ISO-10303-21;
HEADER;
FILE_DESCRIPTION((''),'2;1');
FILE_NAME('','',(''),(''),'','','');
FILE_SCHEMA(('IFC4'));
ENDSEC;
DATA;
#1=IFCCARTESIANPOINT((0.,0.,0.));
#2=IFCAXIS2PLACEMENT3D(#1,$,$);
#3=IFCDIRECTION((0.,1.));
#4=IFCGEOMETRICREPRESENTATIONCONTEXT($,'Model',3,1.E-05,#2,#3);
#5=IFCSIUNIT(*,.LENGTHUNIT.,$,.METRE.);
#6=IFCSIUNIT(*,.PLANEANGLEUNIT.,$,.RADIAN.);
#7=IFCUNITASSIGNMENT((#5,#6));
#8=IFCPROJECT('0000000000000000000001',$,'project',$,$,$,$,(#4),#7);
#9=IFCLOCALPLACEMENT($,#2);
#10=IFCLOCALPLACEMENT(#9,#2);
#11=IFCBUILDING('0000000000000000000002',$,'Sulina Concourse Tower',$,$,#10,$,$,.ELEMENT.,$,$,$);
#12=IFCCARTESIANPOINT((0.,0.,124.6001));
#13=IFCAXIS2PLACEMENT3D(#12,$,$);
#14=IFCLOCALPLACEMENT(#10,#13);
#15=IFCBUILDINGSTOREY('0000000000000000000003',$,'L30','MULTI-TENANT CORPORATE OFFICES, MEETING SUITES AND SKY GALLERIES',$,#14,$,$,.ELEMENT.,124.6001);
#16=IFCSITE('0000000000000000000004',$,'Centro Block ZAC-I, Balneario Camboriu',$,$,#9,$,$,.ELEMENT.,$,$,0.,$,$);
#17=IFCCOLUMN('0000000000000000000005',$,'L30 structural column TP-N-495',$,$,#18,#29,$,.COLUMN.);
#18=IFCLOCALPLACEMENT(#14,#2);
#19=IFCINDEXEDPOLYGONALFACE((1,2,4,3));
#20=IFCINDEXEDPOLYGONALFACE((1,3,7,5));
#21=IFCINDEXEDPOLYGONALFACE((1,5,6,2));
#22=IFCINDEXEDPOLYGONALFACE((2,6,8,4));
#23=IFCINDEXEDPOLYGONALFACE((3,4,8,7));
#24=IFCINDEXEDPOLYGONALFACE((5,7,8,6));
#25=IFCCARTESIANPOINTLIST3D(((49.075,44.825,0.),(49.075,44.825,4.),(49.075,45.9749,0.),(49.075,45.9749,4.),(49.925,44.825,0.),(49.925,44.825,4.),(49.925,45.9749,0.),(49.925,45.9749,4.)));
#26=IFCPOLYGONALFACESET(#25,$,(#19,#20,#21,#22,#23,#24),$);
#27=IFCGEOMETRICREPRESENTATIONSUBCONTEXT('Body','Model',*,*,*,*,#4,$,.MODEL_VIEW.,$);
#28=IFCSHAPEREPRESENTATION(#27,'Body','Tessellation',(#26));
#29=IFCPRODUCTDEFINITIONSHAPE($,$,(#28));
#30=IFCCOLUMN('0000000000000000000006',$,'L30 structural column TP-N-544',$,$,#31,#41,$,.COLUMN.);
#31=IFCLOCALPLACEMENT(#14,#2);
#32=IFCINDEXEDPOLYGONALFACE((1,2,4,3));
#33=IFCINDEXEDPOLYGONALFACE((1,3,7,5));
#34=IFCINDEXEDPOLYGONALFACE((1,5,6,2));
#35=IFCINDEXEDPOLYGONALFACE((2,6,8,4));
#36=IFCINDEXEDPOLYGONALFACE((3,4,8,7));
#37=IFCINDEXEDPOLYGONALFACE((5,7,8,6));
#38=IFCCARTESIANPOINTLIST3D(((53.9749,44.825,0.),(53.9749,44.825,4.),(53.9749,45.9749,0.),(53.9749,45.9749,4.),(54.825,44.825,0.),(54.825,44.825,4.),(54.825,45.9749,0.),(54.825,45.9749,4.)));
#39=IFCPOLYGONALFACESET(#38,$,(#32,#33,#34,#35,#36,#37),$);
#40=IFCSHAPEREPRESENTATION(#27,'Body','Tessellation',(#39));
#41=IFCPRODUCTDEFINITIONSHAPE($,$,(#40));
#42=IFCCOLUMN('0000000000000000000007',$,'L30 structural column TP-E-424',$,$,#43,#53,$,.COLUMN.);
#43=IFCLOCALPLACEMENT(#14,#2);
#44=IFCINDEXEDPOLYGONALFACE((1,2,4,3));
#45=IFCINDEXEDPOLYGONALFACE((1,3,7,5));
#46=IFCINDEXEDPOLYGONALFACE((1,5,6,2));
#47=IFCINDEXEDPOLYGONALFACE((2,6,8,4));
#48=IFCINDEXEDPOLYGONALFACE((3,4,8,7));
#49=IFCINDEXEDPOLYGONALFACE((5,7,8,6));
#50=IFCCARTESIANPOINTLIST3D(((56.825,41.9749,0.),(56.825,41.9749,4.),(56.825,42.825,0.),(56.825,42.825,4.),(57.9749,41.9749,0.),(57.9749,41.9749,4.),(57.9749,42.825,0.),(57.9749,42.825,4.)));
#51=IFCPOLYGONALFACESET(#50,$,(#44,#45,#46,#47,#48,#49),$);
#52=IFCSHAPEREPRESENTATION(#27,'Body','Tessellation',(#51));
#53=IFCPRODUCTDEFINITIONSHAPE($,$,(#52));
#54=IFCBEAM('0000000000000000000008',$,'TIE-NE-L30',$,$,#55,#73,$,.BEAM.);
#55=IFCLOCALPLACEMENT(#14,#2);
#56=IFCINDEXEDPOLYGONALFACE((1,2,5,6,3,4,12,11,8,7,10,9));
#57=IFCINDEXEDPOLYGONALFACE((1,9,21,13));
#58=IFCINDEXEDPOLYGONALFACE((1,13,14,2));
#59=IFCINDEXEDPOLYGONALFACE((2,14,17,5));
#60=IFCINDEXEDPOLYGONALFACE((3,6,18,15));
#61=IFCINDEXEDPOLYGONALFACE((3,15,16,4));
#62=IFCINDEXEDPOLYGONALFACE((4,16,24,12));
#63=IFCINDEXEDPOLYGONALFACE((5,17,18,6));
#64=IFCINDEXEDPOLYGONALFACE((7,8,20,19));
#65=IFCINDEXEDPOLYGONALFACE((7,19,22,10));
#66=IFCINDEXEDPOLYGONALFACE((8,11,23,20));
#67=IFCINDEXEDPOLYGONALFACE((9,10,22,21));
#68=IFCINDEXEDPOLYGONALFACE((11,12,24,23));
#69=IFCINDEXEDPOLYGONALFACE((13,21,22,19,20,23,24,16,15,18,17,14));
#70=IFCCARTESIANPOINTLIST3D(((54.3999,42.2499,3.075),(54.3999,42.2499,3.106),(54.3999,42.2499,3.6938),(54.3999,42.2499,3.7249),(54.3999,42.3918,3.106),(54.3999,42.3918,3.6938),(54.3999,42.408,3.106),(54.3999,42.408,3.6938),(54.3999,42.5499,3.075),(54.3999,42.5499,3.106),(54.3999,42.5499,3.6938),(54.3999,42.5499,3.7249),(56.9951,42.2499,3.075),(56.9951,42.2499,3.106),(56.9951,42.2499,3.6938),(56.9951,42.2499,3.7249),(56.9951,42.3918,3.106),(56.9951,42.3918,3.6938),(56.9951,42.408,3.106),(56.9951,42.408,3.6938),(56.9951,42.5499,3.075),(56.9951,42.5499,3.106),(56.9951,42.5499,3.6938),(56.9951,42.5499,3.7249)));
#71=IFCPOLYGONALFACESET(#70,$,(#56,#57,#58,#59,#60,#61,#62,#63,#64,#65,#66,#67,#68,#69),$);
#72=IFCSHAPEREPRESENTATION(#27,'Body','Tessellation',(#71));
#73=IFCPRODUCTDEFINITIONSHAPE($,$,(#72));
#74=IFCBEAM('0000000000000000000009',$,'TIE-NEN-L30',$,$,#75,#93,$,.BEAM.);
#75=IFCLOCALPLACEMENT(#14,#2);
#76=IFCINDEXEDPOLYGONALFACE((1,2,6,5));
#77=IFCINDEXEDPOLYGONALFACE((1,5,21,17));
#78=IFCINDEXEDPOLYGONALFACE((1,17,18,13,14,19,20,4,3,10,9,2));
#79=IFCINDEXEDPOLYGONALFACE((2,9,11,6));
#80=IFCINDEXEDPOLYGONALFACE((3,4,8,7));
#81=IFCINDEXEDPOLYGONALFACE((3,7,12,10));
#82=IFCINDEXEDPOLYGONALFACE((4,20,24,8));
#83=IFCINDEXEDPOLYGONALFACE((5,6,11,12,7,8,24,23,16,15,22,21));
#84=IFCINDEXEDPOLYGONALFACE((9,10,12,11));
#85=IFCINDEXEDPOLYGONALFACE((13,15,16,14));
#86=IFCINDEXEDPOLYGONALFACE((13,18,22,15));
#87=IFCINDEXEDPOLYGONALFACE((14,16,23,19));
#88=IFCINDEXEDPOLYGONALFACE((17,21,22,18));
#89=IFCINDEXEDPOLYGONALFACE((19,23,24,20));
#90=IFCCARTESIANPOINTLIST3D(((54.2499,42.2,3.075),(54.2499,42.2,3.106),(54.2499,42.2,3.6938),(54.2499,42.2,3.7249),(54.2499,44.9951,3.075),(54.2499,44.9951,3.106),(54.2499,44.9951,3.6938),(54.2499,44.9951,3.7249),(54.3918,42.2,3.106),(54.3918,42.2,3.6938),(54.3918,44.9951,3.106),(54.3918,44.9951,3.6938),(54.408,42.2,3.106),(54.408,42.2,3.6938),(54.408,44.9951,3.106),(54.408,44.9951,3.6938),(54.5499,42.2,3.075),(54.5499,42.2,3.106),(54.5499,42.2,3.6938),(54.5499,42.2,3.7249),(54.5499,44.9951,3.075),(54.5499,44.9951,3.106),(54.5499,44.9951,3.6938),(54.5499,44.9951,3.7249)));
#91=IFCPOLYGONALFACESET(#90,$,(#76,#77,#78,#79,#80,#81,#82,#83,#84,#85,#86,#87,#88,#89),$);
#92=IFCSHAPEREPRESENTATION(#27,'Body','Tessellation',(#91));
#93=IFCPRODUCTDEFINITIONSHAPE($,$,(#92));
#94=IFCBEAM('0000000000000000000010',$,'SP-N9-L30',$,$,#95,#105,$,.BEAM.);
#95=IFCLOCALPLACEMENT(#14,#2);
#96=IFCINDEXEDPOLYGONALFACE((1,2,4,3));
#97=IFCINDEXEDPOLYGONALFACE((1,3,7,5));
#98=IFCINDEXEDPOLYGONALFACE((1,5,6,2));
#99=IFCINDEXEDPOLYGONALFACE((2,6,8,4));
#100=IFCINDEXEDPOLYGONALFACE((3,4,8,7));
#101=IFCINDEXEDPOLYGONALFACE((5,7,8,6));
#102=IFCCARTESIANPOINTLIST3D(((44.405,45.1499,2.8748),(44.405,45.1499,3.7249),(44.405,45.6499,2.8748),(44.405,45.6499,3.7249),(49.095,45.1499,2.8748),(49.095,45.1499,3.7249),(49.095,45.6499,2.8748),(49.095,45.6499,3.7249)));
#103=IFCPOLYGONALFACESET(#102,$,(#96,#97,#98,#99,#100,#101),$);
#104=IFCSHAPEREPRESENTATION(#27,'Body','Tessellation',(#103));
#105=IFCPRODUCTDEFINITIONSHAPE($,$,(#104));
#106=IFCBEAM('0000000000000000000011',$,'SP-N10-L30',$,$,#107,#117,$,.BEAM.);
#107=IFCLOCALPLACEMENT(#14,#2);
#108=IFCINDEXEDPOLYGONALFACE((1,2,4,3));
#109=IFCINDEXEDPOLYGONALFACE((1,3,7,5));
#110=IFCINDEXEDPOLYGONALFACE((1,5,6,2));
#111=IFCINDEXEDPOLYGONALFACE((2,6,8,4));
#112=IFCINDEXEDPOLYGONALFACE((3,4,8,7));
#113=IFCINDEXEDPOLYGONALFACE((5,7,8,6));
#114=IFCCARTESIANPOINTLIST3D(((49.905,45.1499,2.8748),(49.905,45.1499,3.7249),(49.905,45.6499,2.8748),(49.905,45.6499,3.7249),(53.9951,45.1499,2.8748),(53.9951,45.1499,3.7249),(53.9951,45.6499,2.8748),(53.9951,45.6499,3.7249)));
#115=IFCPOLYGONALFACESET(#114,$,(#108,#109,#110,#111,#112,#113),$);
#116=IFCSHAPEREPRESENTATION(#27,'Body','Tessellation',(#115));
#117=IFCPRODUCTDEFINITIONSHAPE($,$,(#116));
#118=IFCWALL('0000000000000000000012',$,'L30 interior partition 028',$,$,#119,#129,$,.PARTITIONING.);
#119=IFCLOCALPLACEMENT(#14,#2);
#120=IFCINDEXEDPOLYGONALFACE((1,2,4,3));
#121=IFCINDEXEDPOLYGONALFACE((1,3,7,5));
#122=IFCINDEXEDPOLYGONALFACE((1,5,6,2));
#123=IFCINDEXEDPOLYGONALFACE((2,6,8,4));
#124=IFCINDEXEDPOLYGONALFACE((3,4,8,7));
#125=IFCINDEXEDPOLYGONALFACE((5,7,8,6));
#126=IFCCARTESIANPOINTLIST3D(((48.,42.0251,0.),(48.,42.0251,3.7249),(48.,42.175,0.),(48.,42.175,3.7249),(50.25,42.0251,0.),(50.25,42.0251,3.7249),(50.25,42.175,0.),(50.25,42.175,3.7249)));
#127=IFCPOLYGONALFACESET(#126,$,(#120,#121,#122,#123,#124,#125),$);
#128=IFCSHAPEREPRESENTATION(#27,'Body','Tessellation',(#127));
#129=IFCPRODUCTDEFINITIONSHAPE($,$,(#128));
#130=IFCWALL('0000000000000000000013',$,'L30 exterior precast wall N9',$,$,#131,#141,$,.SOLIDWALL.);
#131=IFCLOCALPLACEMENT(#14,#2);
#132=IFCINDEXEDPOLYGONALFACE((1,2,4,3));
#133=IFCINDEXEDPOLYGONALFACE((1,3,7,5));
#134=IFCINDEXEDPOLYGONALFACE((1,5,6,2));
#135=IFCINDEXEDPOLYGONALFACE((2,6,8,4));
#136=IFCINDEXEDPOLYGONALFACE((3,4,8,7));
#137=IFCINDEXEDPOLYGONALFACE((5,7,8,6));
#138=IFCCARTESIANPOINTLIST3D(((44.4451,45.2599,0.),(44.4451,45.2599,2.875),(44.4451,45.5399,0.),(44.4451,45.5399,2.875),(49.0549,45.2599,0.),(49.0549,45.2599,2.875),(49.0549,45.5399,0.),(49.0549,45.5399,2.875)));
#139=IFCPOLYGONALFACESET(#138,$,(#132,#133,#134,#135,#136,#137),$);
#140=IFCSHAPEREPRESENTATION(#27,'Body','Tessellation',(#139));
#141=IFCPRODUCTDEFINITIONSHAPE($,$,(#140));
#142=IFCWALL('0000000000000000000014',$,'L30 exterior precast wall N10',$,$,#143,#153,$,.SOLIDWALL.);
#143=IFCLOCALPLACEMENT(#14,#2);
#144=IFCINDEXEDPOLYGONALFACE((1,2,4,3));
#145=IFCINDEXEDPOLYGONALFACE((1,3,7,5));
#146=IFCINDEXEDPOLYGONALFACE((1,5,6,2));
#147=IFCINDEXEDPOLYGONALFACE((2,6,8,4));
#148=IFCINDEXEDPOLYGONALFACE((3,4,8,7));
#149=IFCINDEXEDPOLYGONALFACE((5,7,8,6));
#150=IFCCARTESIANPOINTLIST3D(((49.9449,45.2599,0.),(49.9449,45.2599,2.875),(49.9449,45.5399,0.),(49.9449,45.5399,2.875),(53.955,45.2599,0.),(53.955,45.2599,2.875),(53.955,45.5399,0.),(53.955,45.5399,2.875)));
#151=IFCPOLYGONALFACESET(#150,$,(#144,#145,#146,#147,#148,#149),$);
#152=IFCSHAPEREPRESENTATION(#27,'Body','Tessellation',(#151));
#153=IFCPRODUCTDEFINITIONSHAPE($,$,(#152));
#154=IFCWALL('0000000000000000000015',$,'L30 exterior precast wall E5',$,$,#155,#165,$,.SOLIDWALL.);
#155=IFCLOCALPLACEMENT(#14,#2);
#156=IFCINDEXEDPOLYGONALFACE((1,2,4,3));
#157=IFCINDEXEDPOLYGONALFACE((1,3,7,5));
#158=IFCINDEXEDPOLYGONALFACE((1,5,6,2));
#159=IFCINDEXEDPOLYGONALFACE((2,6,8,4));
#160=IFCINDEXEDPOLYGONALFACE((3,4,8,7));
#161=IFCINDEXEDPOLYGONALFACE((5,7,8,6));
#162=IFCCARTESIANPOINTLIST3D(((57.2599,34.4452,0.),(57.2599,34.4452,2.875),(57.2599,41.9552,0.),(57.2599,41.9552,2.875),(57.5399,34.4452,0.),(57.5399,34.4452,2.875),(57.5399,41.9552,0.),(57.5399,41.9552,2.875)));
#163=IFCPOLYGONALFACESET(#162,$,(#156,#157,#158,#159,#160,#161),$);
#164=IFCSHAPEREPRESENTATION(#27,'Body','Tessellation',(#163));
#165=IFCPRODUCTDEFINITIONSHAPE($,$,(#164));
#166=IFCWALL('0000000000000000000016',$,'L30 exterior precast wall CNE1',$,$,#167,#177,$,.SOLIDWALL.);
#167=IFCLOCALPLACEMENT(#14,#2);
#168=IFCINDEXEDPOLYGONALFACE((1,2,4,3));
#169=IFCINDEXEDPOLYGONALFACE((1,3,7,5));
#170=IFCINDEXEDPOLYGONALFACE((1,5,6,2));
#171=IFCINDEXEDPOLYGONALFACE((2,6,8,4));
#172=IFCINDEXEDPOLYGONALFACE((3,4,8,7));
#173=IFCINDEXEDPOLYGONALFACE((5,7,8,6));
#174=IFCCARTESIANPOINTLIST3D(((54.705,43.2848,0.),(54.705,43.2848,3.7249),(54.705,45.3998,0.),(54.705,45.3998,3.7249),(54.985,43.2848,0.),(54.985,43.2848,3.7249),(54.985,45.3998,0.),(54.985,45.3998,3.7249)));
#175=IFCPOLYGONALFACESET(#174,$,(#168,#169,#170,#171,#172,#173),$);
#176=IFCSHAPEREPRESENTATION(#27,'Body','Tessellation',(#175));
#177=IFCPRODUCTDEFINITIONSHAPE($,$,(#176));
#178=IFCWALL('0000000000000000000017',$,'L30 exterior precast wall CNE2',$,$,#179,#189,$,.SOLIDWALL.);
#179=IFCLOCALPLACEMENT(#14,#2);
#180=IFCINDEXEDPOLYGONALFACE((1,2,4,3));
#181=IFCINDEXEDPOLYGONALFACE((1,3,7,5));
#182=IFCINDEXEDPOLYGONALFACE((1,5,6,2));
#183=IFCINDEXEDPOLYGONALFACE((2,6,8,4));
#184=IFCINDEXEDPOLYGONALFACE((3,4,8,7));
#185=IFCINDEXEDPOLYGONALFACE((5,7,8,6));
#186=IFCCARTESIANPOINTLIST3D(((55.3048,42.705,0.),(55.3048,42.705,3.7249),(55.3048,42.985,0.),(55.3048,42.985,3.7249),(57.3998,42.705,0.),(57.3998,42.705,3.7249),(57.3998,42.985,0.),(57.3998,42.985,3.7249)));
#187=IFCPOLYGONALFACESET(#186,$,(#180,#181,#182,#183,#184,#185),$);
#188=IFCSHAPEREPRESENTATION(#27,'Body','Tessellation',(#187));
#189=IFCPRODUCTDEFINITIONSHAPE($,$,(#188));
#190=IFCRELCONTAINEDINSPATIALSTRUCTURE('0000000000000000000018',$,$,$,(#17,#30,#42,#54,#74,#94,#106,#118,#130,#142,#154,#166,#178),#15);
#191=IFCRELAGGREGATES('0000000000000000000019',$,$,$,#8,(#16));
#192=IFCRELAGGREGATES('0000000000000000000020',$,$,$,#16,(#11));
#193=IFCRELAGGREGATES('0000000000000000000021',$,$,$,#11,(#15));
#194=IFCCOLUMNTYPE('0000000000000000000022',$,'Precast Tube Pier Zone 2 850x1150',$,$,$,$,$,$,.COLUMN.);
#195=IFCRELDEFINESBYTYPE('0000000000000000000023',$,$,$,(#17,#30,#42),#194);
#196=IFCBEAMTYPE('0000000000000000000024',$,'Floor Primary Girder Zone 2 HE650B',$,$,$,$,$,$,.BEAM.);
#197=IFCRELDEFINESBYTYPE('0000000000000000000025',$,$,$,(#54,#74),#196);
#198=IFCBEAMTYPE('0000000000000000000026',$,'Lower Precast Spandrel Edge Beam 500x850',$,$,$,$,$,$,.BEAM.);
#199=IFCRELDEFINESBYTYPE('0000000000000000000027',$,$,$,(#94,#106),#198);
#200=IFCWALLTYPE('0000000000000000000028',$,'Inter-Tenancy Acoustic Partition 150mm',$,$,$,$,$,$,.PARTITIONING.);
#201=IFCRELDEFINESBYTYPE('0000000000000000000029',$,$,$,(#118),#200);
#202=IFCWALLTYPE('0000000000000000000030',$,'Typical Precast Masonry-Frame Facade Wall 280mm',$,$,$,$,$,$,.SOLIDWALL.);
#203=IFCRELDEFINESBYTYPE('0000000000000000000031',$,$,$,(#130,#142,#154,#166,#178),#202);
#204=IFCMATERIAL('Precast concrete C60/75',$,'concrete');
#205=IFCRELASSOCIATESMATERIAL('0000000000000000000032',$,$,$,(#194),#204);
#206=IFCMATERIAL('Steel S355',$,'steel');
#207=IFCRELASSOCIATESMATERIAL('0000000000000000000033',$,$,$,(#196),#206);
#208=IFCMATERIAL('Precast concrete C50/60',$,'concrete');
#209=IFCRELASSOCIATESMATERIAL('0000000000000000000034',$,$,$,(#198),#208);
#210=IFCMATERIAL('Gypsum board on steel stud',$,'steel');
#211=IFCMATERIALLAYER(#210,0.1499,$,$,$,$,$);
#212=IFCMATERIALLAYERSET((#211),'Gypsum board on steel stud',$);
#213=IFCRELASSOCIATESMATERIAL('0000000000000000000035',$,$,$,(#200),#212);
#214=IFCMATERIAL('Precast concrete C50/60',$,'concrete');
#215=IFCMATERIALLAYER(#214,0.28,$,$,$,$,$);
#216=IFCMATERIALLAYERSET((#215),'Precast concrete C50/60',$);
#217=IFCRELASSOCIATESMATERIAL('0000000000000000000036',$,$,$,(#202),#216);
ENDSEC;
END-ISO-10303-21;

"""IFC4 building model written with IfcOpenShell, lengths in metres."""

from ifc_helpers import new_model, si_unit, direction, frame, frame_2d, origin, origin_2d, place, context, subcontext, project, spatial, rectangle, i_section, extrude, material, layer, layer_set, material_profile, profile_set, type_object, element, save


model = new_model("IFC4")

# Units and contexts
model_context = context("Model", 3, precision=1e-05, world=origin(), true_north=direction((0.0, 1.0)))
body_context = subcontext(model_context, "Body", "Model", "MODEL_VIEW")
ifc_project = project(units=[si_unit("LENGTHUNIT", "METRE"), si_unit("PLANEANGLEUNIT", "RADIAN")], contexts=[model_context])

# Site, building, storey
site_placement = place(None, origin())
site = spatial("IfcSite", under=ifc_project, at=site_placement, Name="Centro Block ZAC-I, Balneario Camboriu", CompositionType="ELEMENT", RefElevation=0.0)
building_placement = place(site_placement, origin())
building = spatial("IfcBuilding", under=site, at=building_placement, Name="Sulina Concourse Tower", CompositionType="ELEMENT")
storey_placement = place(building_placement, frame((0.0, 0.0, 124.6001)))
storey = spatial("IfcBuildingStorey", under=building, at=storey_placement, Name="L30", Description="MULTI-TENANT CORPORATE OFFICES, MEETING SUITES AND SKY GALLERIES", CompositionType="ELEMENT", Elevation=124.6001)

# Columns
ifc_material_1 = material(Name="Precast concrete C60/75", Category="concrete")
ifc_material_profile_1 = material_profile(ifc_material_1, rectangle(XDim=0.8501, YDim=1.1499, at=origin_2d()), Name="PC 850x1150")
ifc_profile_set_1 = profile_set([ifc_material_profile_1], Name="Precast concrete C60/75")
column_type = type_object("IfcColumnType", Name="Precast Tube Pier Zone 2 850x1150", PredefinedType="COLUMN", material=ifc_profile_set_1)
for number, where, z_axis, x_axis, name in (
    (1, (49.5, 45.3999, 0.0), (0.0, 0.0, 1.0), (1.0, 0.0, 0.0), "L30 structural column TP-N-495"),
    (2, (54.3999, 45.3999, 0.0), (0.0, 0.0, 1.0), (1.0, 0.0, 0.0), "L30 structural column TP-N-544"),
    (3, (57.3999, 42.3999, 0.0), (0.0, 0.0, 1.0), (0.0, 1.0, 0.0), "L30 structural column TP-E-424"),
):
    element("IfcColumn", number, at=place(storey_placement, frame(where, z_axis=z_axis, x_axis=x_axis)), inside=storey, type_object=column_type, Name=name, PredefinedType="COLUMN", context=body_context, shape_type="SweptSolid", body=[
        extrude(rectangle(XDim=0.8501, YDim=1.1499, at=origin_2d()), origin(), (0.0, 0.0, 1.0), 4.0),
    ])

# Beams
ifc_material_2 = material(Name="Steel S355", Category="steel")
ifc_material_profile_2 = material_profile(ifc_material_2, i_section(OverallWidth=0.3, OverallDepth=0.6499, WebThickness=0.0161, FlangeThickness=0.031, at=origin_2d()), Name="HE 650 B")
ifc_profile_set_2 = profile_set([ifc_material_profile_2], Name="Steel S355")
beam_type_1 = type_object("IfcBeamType", Name="Floor Primary Girder Zone 2 HE650B", PredefinedType="BEAM", material=ifc_profile_set_2)
beam_1_placement = place(storey_placement, frame((54.3999, 42.3999, 3.3999), z_axis=(1.0, 0.0, 0.0), x_axis=(0.0, 1.0, 0.0)))
element("IfcBeam", 4, at=beam_1_placement, inside=storey, type_object=beam_type_1, Name="TIE-NE-L30", PredefinedType="BEAM", context=body_context, shape_type="SweptSolid", body=[
    extrude(i_section(OverallWidth=0.3, OverallDepth=0.6499, WebThickness=0.0161, FlangeThickness=0.031, at=origin_2d()), origin(), (0.0, 0.0, 1.0), 2.5952),
])
beam_2_placement = place(storey_placement, frame((54.3999, 42.2, 3.3999), z_axis=(0.0, 1.0, 0.0), x_axis=(-1.0, 0.0, 0.0)))
element("IfcBeam", 5, at=beam_2_placement, inside=storey, type_object=beam_type_1, Name="TIE-NEN-L30", PredefinedType="BEAM", context=body_context, shape_type="SweptSolid", body=[
    extrude(i_section(OverallWidth=0.3, OverallDepth=0.6499, WebThickness=0.0161, FlangeThickness=0.031, at=origin_2d()), origin(), (0.0, 0.0, 1.0), 2.7952),
])
ifc_material_3 = material(Name="Precast concrete C50/60", Category="concrete")
ifc_material_profile_3 = material_profile(ifc_material_3, rectangle(XDim=0.5, YDim=0.8501, at=origin_2d()), Name="RC 500x850")
ifc_profile_set_3 = profile_set([ifc_material_profile_3], Name="Precast concrete C50/60")
beam_type_2 = type_object("IfcBeamType", Name="Lower Precast Spandrel Edge Beam 500x850", PredefinedType="BEAM", material=ifc_profile_set_3)
beam_3_placement = place(storey_placement, frame((44.405, 45.3999, 3.2998), z_axis=(1.0, 0.0, 0.0), x_axis=(0.0, 1.0, 0.0)))
element("IfcBeam", 6, at=beam_3_placement, inside=storey, type_object=beam_type_2, Name="SP-N9-L30", PredefinedType="BEAM", context=body_context, shape_type="SweptSolid", body=[
    extrude(rectangle(XDim=0.5, YDim=0.8501, at=origin_2d()), origin(), (0.0, 0.0, 1.0), 4.6899),
])
beam_4_placement = place(storey_placement, frame((49.905, 45.3999, 3.2998), z_axis=(1.0, 0.0, 0.0), x_axis=(0.0, 1.0, 0.0)))
element("IfcBeam", 7, at=beam_4_placement, inside=storey, type_object=beam_type_2, Name="SP-N10-L30", PredefinedType="BEAM", context=body_context, shape_type="SweptSolid", body=[
    extrude(rectangle(XDim=0.5, YDim=0.8501, at=origin_2d()), origin(), (0.0, 0.0, 1.0), 4.0901),
])

# Walls
ifc_material_4 = material(Name="Gypsum board on steel stud", Category="steel")
ifc_layer_1 = layer(ifc_material_4, 0.1499)
ifc_layer_set_1 = layer_set([ifc_layer_1], Name="Gypsum board on steel stud")
wall_type_1 = type_object("IfcWallType", Name="Inter-Tenancy Acoustic Partition 150mm", PredefinedType="PARTITIONING", material=ifc_layer_set_1)
wall_1_placement = place(storey_placement, frame((48.0, 42.1001, 0.0), z_axis=(0.0, 0.0, 1.0), x_axis=(1.0, 0.0, 0.0)))
element("IfcWall", 8, at=wall_1_placement, inside=storey, type_object=wall_type_1, Name="L30 interior partition 028", PredefinedType="PARTITIONING", context=body_context, shape_type="SweptSolid", body=[
    extrude(rectangle(XDim=2.25, YDim=0.1499, at=frame_2d((1.125, 0.0))), origin(), (0.0, 0.0, 1.0), 3.7249),
])
ifc_material_5 = material(Name="Precast concrete C50/60", Category="concrete")
ifc_layer_2 = layer(ifc_material_5, 0.28)
ifc_layer_set_2 = layer_set([ifc_layer_2], Name="Precast concrete C50/60")
wall_type_2 = type_object("IfcWallType", Name="Typical Precast Masonry-Frame Facade Wall 280mm", PredefinedType="SOLIDWALL", material=ifc_layer_set_2)
wall_2_placement = place(storey_placement, frame((44.4451, 45.3999, 0.0), z_axis=(0.0, 0.0, 1.0), x_axis=(1.0, 0.0, 0.0)))
element("IfcWall", 9, at=wall_2_placement, inside=storey, type_object=wall_type_2, Name="L30 exterior precast wall N9", PredefinedType="SOLIDWALL", context=body_context, shape_type="SweptSolid", body=[
    extrude(rectangle(XDim=4.6099, YDim=0.28, at=frame_2d((2.3049, 0.0))), origin(), (0.0, 0.0, 1.0), 2.875),
])
wall_3_placement = place(storey_placement, frame((49.9451, 45.3999, 0.0), z_axis=(0.0, 0.0, 1.0), x_axis=(1.0, 0.0, 0.0)))
element("IfcWall", 10, at=wall_3_placement, inside=storey, type_object=wall_type_2, Name="L30 exterior precast wall N10", PredefinedType="SOLIDWALL", context=body_context, shape_type="SweptSolid", body=[
    extrude(rectangle(XDim=4.01, YDim=0.28, at=frame_2d((2.0049, 0.0))), origin(), (0.0, 0.0, 1.0), 2.875),
])
wall_4_placement = place(storey_placement, frame((57.3999, 41.9551, 0.0), z_axis=(0.0, 0.0, 1.0), x_axis=(0.0, -1.0, 0.0)))
element("IfcWall", 11, at=wall_4_placement, inside=storey, type_object=wall_type_2, Name="L30 exterior precast wall E5", PredefinedType="SOLIDWALL", context=body_context, shape_type="SweptSolid", body=[
    extrude(rectangle(XDim=7.51, YDim=0.28, at=frame_2d((3.7549, 0.0))), origin(), (0.0, 0.0, 1.0), 2.875),
])
wall_5_placement = place(storey_placement, frame((54.845, 45.3999, 0.0), z_axis=(0.0, 0.0, 1.0), x_axis=(0.0, -1.0, 0.0)))
element("IfcWall", 12, at=wall_5_placement, inside=storey, type_object=wall_type_2, Name="L30 exterior precast wall CNE1", PredefinedType="SOLIDWALL", context=body_context, shape_type="SweptSolid", body=[
    extrude(rectangle(XDim=2.115, YDim=0.28, at=frame_2d((1.0576, 0.0))), origin(), (0.0, 0.0, 1.0), 3.7249),
])
wall_6_placement = place(storey_placement, frame((55.3049, 42.845, 0.0), z_axis=(0.0, 0.0, 1.0), x_axis=(1.0, 0.0, 0.0)))
element("IfcWall", 13, at=wall_6_placement, inside=storey, type_object=wall_type_2, Name="L30 exterior precast wall CNE2", PredefinedType="SOLIDWALL", context=body_context, shape_type="SweptSolid", body=[
    extrude(rectangle(XDim=2.095, YDim=0.28, at=frame_2d((1.0474, 0.0))), origin(), (0.0, 0.0, 1.0), 3.7249),
])

save(model, "model.ifc")
